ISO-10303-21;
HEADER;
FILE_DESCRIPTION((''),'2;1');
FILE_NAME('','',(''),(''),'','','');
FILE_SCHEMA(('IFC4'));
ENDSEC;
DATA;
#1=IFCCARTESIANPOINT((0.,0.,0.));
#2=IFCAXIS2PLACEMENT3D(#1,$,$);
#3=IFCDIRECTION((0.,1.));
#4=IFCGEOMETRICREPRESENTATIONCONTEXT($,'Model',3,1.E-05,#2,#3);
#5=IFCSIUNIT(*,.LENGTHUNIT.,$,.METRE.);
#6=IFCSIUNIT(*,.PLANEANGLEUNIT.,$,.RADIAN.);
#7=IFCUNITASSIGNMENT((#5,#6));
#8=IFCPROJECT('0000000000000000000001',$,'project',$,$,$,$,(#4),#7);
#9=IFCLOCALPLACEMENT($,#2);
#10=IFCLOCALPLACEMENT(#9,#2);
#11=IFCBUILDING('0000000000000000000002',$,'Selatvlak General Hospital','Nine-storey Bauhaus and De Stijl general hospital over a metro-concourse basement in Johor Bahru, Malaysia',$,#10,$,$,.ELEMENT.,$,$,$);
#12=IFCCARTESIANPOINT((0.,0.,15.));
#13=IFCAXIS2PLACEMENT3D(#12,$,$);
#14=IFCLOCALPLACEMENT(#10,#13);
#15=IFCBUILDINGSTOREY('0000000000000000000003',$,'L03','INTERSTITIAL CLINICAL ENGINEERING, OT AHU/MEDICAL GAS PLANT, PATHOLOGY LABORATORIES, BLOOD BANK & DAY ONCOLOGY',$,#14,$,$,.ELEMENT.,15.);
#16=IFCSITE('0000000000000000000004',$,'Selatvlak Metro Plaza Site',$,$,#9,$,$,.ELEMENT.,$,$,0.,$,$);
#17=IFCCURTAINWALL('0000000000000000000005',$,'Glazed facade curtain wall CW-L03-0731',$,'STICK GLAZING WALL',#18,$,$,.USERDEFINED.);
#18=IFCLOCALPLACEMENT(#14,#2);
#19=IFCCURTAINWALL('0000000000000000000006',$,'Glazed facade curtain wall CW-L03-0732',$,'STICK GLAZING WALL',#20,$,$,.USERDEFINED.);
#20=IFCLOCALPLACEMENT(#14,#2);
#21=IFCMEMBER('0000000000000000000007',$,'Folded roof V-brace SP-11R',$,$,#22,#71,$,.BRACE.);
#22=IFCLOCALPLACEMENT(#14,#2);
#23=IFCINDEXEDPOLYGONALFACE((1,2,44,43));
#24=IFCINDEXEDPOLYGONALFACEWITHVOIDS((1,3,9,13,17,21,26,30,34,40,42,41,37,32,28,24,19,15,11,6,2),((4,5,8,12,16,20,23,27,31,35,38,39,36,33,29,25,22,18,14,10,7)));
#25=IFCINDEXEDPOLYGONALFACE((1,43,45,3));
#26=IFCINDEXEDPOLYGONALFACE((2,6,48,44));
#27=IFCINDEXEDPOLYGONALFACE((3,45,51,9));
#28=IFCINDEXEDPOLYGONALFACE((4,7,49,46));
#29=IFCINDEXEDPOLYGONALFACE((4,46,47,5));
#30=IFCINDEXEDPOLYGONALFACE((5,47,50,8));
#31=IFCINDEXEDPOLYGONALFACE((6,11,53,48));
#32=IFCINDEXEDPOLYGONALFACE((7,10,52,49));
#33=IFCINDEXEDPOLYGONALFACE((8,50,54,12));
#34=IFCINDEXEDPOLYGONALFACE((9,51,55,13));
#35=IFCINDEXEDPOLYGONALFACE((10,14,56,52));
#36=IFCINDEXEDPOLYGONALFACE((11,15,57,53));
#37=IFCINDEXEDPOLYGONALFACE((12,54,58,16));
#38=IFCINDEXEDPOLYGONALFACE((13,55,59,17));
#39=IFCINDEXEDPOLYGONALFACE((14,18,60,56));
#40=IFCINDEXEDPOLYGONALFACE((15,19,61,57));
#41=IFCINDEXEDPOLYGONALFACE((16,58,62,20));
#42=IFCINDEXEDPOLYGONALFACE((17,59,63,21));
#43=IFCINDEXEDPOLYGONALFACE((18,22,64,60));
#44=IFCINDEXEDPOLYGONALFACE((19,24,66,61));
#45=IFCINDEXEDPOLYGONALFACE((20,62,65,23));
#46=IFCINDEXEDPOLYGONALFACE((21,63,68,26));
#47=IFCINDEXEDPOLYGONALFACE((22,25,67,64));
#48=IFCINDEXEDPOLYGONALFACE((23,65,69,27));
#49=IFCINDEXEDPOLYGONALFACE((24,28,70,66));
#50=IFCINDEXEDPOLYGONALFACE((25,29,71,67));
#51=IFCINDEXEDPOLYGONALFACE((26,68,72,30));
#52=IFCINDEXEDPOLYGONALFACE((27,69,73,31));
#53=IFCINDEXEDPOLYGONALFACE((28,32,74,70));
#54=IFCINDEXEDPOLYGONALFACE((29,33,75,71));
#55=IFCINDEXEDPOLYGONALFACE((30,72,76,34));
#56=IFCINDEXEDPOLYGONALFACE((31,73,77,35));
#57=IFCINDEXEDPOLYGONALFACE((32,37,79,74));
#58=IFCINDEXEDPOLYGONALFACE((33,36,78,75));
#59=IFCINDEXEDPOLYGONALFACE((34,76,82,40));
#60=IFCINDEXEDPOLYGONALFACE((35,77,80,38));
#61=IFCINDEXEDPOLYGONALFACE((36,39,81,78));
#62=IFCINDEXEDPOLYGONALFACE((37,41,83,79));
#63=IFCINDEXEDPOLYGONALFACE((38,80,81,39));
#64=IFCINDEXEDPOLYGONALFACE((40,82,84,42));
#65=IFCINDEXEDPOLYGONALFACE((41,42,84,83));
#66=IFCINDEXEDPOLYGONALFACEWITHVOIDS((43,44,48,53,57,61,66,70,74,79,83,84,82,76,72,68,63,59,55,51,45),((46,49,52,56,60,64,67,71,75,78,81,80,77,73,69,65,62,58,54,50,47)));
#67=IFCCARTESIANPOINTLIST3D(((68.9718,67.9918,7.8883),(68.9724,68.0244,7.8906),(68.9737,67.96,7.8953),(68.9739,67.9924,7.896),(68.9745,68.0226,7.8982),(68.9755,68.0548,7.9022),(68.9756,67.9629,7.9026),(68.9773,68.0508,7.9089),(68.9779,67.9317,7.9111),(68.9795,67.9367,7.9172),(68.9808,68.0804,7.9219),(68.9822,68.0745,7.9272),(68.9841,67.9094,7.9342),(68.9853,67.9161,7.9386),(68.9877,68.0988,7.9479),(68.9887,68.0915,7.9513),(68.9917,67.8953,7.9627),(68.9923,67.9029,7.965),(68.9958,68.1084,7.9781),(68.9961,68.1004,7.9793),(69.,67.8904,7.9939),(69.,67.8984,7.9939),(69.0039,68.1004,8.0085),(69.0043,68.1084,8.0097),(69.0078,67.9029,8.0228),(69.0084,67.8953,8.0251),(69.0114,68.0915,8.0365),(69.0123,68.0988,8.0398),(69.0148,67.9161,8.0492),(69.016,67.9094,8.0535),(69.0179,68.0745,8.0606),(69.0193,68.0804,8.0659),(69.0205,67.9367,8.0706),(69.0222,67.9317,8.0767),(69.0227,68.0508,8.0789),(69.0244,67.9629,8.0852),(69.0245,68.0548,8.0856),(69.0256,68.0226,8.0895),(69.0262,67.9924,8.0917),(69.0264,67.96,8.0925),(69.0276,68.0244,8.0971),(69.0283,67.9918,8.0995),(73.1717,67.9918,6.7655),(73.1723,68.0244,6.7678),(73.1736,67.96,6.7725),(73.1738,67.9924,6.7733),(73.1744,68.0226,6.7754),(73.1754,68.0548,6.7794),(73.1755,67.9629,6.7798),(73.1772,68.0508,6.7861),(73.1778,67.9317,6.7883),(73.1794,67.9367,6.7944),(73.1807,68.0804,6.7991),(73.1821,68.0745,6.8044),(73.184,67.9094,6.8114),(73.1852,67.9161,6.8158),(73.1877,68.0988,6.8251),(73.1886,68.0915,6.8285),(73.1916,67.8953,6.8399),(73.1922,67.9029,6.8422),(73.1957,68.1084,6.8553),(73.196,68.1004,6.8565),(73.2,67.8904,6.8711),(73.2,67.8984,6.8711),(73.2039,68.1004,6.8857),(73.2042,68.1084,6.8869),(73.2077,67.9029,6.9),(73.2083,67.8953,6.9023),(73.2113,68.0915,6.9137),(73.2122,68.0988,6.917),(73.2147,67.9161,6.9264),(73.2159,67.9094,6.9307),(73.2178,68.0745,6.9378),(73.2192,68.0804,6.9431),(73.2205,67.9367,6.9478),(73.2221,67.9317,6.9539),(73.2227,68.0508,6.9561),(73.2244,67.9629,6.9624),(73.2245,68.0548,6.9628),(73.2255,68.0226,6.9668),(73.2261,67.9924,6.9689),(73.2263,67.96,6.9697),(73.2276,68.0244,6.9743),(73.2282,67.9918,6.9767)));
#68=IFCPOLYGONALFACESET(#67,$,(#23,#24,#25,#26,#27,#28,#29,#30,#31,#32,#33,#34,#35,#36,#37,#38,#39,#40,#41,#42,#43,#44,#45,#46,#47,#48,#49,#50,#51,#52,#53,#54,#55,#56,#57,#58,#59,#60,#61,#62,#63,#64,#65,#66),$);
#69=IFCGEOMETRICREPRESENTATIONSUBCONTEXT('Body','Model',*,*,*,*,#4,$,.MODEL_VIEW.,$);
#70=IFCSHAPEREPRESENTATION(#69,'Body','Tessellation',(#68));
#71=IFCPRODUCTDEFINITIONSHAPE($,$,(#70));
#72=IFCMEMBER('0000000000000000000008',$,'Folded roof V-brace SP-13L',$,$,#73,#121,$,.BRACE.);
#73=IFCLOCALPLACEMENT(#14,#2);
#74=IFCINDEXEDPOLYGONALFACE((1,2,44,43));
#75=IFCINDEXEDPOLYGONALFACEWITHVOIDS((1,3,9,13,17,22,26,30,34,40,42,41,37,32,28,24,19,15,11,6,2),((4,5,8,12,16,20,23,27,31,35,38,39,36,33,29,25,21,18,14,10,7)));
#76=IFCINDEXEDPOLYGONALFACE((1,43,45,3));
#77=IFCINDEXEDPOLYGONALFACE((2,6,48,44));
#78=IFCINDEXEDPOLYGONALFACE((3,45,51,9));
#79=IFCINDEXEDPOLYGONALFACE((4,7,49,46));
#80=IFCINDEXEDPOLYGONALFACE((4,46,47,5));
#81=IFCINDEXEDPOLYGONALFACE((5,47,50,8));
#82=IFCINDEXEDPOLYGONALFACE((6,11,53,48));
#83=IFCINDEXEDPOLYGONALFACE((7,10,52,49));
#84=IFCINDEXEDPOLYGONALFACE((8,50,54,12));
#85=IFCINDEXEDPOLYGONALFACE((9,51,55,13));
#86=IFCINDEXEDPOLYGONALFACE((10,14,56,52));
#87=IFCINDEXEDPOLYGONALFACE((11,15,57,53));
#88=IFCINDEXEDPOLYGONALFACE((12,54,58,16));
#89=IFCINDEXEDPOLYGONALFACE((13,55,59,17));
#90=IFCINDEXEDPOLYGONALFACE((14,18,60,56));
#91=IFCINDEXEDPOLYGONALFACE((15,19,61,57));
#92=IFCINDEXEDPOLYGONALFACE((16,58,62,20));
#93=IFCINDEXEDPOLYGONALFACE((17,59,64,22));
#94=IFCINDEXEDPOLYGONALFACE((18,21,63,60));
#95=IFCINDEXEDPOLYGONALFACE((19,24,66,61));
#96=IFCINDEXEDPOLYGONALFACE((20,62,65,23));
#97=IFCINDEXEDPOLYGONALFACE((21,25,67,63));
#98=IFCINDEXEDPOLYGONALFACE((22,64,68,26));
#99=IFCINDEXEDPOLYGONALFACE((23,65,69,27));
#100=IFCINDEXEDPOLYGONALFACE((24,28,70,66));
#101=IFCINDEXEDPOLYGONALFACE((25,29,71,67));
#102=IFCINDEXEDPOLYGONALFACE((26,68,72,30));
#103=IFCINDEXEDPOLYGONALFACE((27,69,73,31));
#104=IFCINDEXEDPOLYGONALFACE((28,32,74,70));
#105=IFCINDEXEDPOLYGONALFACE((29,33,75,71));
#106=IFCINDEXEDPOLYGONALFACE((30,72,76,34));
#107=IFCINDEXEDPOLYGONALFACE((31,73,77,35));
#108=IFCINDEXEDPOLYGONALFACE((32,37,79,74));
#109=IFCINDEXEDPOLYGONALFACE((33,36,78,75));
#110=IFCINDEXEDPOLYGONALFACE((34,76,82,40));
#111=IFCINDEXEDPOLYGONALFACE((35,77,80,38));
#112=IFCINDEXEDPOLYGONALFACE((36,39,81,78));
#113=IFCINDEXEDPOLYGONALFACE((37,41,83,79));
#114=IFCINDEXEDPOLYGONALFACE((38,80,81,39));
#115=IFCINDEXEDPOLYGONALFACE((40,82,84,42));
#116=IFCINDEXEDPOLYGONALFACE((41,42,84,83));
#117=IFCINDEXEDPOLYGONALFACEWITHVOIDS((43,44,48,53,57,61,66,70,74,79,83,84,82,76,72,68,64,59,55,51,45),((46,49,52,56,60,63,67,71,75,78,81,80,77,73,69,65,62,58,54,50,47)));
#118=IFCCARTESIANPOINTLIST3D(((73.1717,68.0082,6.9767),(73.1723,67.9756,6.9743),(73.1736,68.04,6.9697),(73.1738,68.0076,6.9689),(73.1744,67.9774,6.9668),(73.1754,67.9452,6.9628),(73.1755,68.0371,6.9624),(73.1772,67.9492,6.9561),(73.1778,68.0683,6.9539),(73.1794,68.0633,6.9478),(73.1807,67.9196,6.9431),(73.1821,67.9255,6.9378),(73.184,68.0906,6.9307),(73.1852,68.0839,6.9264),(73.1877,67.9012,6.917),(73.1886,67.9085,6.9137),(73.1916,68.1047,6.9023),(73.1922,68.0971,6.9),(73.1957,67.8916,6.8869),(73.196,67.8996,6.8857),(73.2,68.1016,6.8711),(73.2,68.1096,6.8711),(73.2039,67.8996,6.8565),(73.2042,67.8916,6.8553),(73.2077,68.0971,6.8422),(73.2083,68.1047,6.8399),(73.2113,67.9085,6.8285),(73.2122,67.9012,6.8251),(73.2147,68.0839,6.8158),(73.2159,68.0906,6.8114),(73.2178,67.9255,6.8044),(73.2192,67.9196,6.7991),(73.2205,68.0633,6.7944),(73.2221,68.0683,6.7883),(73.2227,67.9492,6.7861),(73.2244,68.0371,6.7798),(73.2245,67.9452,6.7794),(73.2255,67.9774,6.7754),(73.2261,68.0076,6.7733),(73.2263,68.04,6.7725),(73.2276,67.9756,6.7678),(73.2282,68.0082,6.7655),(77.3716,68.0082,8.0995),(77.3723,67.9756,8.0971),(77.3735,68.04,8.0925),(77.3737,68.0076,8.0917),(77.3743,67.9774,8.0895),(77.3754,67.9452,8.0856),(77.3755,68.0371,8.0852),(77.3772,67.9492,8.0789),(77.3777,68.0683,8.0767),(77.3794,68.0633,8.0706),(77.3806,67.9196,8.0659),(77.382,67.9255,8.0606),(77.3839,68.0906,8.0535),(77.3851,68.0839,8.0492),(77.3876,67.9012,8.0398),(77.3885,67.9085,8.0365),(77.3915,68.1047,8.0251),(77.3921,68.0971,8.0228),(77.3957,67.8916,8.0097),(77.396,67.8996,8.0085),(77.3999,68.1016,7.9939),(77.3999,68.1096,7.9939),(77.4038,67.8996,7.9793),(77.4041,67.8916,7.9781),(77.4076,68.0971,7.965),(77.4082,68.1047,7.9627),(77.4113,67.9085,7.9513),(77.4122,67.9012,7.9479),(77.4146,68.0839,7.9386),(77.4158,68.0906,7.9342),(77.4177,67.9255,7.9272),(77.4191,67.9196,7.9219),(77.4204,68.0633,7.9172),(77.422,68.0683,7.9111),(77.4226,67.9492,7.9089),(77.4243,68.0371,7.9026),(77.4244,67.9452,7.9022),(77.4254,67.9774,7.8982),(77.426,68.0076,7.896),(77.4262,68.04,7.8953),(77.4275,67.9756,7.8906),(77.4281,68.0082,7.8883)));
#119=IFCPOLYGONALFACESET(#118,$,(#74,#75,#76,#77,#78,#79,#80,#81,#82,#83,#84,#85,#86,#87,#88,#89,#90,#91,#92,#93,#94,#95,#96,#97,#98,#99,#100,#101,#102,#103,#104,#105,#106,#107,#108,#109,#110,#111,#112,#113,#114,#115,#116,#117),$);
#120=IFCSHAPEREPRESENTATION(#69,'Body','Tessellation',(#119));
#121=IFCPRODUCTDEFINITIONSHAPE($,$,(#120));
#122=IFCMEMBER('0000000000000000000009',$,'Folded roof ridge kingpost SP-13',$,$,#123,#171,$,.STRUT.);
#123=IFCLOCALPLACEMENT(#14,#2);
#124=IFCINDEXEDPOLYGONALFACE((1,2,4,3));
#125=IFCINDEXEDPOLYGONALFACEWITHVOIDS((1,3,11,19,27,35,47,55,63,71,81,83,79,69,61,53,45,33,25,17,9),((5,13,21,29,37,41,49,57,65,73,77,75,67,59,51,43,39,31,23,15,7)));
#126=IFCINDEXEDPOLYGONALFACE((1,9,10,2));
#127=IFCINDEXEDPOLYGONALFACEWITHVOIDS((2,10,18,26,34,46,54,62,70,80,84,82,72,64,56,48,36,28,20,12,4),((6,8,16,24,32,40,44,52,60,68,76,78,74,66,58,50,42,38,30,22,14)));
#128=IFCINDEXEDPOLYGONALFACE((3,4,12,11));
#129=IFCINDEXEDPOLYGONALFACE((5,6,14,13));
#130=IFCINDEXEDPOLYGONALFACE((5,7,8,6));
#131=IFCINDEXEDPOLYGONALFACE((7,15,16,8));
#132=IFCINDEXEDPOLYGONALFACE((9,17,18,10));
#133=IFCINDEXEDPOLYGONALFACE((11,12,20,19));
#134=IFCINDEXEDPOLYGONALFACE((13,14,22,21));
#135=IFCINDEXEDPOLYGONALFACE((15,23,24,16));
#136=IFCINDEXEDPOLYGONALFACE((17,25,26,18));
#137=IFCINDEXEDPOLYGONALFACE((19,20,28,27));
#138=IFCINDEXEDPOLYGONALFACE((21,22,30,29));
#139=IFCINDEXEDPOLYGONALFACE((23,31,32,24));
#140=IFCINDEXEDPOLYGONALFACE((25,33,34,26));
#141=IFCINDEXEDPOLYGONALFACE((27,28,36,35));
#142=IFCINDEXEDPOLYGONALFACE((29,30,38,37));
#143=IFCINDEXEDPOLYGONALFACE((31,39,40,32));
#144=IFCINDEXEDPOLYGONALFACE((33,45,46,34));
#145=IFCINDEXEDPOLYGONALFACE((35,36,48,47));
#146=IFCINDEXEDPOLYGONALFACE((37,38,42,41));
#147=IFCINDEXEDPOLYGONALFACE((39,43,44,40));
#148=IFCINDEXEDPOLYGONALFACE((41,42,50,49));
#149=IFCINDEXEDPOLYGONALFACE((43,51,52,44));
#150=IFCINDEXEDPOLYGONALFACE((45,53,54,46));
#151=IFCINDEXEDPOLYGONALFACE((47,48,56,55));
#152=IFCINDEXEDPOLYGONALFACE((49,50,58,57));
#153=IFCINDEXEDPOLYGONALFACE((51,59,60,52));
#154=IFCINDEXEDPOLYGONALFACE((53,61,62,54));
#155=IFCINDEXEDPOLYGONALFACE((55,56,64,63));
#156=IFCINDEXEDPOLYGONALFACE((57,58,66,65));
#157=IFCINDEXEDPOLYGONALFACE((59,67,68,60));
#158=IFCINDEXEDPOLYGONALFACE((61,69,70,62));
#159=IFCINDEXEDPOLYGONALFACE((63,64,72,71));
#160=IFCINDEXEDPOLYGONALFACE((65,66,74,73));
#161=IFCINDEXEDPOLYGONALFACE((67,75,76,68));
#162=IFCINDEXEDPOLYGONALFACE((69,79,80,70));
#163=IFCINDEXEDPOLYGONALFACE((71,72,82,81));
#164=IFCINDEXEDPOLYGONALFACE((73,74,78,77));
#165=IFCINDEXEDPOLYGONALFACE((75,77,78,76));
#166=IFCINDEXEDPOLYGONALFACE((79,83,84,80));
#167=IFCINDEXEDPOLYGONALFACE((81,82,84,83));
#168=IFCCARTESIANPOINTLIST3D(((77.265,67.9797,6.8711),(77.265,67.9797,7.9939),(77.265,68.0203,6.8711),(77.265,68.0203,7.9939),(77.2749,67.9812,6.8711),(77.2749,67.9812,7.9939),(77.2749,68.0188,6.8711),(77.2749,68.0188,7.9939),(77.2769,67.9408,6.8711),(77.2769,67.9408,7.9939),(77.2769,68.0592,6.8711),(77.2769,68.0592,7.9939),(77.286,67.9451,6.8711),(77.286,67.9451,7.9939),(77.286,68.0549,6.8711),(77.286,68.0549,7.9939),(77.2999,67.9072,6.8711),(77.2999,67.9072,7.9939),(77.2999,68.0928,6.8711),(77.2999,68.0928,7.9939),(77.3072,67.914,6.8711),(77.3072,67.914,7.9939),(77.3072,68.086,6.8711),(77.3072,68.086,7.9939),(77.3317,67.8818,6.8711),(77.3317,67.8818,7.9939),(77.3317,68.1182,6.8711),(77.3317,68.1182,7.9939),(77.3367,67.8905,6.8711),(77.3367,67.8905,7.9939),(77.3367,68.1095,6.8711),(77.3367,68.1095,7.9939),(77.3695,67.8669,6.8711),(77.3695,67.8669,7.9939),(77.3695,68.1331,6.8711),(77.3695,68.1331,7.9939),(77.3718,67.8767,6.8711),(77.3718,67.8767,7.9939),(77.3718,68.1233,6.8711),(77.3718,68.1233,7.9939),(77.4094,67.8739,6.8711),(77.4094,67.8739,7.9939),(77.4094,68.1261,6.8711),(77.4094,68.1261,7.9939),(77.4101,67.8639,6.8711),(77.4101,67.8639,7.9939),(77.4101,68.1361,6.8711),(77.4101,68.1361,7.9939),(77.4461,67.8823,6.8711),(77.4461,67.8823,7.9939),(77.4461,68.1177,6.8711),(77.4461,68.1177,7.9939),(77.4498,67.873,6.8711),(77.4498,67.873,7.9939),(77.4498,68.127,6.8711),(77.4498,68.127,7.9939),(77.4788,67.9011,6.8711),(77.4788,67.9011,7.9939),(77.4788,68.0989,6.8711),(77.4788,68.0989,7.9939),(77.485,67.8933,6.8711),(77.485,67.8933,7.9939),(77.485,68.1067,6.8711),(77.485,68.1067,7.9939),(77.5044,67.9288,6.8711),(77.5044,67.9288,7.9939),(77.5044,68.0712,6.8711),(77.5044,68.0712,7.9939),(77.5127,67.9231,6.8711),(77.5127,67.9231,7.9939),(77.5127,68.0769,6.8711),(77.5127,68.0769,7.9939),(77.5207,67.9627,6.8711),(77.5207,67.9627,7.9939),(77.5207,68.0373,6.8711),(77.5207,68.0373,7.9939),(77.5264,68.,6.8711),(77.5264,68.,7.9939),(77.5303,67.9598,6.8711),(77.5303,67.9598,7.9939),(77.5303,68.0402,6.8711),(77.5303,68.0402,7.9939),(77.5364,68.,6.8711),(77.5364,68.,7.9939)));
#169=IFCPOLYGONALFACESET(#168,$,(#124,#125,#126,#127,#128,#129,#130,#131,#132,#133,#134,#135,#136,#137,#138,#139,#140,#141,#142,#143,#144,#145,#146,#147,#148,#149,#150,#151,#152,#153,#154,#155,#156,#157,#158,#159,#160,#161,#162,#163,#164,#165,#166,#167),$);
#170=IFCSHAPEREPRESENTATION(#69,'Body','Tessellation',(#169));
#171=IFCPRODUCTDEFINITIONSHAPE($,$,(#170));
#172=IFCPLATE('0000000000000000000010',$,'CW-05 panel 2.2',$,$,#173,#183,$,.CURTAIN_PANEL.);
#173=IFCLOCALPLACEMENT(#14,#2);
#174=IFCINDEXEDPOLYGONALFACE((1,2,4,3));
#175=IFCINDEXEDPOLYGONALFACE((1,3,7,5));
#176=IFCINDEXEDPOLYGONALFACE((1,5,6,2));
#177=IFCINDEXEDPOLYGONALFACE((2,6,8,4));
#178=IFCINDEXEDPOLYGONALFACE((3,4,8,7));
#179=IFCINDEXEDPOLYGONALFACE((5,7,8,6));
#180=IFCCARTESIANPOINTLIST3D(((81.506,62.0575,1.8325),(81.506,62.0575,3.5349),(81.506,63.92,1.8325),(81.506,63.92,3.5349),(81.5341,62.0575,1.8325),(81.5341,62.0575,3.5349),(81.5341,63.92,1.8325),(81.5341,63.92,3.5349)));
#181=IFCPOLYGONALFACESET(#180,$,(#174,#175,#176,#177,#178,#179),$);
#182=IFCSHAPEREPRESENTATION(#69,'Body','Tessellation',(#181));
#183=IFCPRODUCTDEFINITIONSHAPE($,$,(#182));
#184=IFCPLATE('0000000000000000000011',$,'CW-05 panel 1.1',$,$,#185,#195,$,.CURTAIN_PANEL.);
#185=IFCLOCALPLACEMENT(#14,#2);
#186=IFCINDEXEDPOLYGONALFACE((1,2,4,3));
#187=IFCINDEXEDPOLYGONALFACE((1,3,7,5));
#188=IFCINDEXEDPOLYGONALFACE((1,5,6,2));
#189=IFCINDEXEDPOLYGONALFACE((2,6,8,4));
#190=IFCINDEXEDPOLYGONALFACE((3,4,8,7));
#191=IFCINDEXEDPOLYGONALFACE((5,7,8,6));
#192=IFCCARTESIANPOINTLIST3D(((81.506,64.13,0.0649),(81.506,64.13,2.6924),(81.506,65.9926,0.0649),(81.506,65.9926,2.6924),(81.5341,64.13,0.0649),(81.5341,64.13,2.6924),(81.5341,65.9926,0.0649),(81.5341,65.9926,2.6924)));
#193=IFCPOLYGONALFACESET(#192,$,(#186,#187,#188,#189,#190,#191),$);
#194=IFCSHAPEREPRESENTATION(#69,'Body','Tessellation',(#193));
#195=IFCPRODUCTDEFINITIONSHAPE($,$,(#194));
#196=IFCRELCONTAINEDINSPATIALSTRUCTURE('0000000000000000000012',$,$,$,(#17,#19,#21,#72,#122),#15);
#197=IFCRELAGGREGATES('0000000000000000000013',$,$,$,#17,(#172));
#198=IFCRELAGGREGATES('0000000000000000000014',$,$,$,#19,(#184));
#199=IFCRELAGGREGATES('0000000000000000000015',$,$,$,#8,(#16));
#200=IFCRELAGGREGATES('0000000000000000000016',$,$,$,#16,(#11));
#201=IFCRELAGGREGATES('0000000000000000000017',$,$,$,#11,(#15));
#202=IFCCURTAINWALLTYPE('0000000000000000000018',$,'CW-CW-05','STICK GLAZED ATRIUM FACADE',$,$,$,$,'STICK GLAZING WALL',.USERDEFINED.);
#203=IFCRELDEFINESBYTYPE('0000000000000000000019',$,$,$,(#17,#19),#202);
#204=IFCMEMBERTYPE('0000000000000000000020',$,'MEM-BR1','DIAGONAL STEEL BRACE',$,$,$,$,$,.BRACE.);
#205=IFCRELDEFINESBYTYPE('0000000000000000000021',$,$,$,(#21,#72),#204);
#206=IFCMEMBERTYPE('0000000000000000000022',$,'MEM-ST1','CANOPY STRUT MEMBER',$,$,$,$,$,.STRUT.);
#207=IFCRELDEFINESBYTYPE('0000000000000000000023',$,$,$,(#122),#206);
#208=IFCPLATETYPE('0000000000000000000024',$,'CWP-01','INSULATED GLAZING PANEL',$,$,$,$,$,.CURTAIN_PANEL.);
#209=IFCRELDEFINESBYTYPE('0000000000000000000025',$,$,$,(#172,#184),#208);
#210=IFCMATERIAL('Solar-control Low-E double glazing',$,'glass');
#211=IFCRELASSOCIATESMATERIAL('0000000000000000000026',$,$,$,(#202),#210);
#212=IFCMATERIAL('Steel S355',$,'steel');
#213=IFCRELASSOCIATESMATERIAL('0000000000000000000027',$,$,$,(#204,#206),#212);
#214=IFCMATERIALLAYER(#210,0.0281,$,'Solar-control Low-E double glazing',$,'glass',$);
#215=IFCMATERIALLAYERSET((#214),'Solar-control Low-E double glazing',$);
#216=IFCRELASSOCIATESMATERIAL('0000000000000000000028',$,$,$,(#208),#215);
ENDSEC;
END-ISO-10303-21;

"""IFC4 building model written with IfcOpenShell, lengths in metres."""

from ifc_helpers import new_model, si_unit, direction, frame, origin, origin_2d, place, context, subcontext, project, spatial, rectangle, hollow_circle, extrude, material, layer, layer_set, material_profile, profile_set, type_object, element, aggregate, save


model = new_model("IFC4")

# Units and contexts
model_context = context("Model", 3, precision=1e-05, world=origin(), true_north=direction((0.0, 1.0)))
body_context = subcontext(model_context, "Body", "Model", "MODEL_VIEW")
ifc_project = project(units=[si_unit("LENGTHUNIT", "METRE"), si_unit("PLANEANGLEUNIT", "RADIAN")], contexts=[model_context])

# Site, building, storey
site_placement = place(None, origin())
site = spatial("IfcSite", under=ifc_project, at=site_placement, Name="Selatvlak Metro Plaza Site", CompositionType="ELEMENT", RefElevation=0.0)
building_placement = place(site_placement, origin())
building = spatial("IfcBuilding", under=site, at=building_placement, Name="Selatvlak General Hospital", Description="Nine-storey Bauhaus and De Stijl general hospital over a metro-concourse basement in Johor Bahru, Malaysia", CompositionType="ELEMENT")
storey_placement = place(building_placement, frame((0.0, 0.0, 15.0)))
storey = spatial("IfcBuildingStorey", under=building, at=storey_placement, Name="L03", Description="INTERSTITIAL CLINICAL ENGINEERING, OT AHU/MEDICAL GAS PLANT, PATHOLOGY LABORATORIES, BLOOD BANK & DAY ONCOLOGY", CompositionType="ELEMENT", Elevation=15.0)

# Shared definitions
ifc_material_1 = material(Name="Steel S355", Category="steel")

# Curtain wall
ifc_material_2 = material(Name="Solar-control Low-E double glazing", Category="glass")
curtain_wall_type = type_object("IfcCurtainWallType", Name="CW-CW-05", Description="STICK GLAZED ATRIUM FACADE", ElementType="STICK GLAZING WALL", PredefinedType="USERDEFINED", material=ifc_material_2)
curtain_wall_1_placement = place(storey_placement, origin())
curtain_wall_1 = element("IfcCurtainWall", 1, at=curtain_wall_1_placement, inside=storey, type_object=curtain_wall_type, Name="Glazed facade curtain wall CW-L03-0731", ObjectType="STICK GLAZING WALL", PredefinedType="USERDEFINED")

# Curtain wall
curtain_wall_2_placement = place(storey_placement, origin())
curtain_wall_2 = element("IfcCurtainWall", 2, at=curtain_wall_2_placement, inside=storey, type_object=curtain_wall_type, Name="Glazed facade curtain wall CW-L03-0732", ObjectType="STICK GLAZING WALL", PredefinedType="USERDEFINED")

# Members
ifc_material_profile_1 = material_profile(ifc_material_1, hollow_circle(Radius=0.1096, WallThickness=0.0081, at=origin_2d()), Name="CHS 219.1x8")
ifc_profile_set_1 = profile_set([ifc_material_profile_1], Name="Steel S355")
member_type_1 = type_object("IfcMemberType", Name="MEM-BR1", Description="DIAGONAL STEEL BRACE", PredefinedType="BRACE", material=ifc_profile_set_1)
for number, where, z_axis, x_axis, name in (
    (3, (73.2, 68.0, 6.8711), (-0.966074, 0.0, 0.258267), (0.0, -1.0, 0.0), "Folded roof V-brace SP-11R"),
    (4, (73.2, 68.0, 6.8711), (0.966074, 0.0, 0.258267), (0.0, 1.0, 0.0), "Folded roof V-brace SP-13L"),
):
    element("IfcMember", number, at=place(storey_placement, frame(where, z_axis=z_axis, x_axis=x_axis)), inside=storey, type_object=member_type_1, Name=name, PredefinedType="BRACE", context=body_context, shape_type="SweptSolid", body=[
        extrude(hollow_circle(Radius=0.1096, WallThickness=0.0081, at=origin_2d()), origin(), (0.0, 0.0, 1.0), 4.3474),
    ])
ifc_material_profile_2 = material_profile(ifc_material_1, hollow_circle(Radius=0.1365, WallThickness=0.01, at=origin_2d()), Name="CHS 273.0x10")
ifc_profile_set_2 = profile_set([ifc_material_profile_2], Name="Steel S355")
member_type_2 = type_object("IfcMemberType", Name="MEM-ST1", Description="CANOPY STRUT MEMBER", PredefinedType="STRUT", material=ifc_profile_set_2)
member_1_placement = place(storey_placement, frame((77.3999, 68.0, 6.8711), z_axis=(0.0, 0.0, 1.0), x_axis=(1.0, 0.0, 0.0)))
element("IfcMember", 5, at=member_1_placement, inside=storey, type_object=member_type_2, Name="Folded roof ridge kingpost SP-13", PredefinedType="STRUT", context=body_context, shape_type="SweptSolid", body=[
    extrude(hollow_circle(Radius=0.1365, WallThickness=0.01, at=origin_2d()), origin(), (0.0, 0.0, 1.0), 1.1228),
])

# Plates
ifc_layer_1 = layer(ifc_material_2, 0.0281, Name="Solar-control Low-E double glazing", Category="glass")
ifc_layer_set_1 = layer_set([ifc_layer_1], Name="Solar-control Low-E double glazing")
plate_type_1 = type_object("IfcPlateType", Name="CWP-01", Description="INSULATED GLAZING PANEL", PredefinedType="CURTAIN_PANEL", material=ifc_layer_set_1)
plate_1_placement = place(storey_placement, frame((81.52, 62.9888, 1.8325), z_axis=(0.0, 0.0, 1.0), x_axis=(0.0, 1.0, 0.0)))
plate_1 = element("IfcPlate", 6, at=plate_1_placement, type_object=plate_type_1, Name="CW-05 panel 2.2", PredefinedType="CURTAIN_PANEL", context=body_context, shape_type="SweptSolid", body=[
    extrude(rectangle(XDim=1.8625, YDim=0.0281, at=origin_2d()), origin(), (0.0, 0.0, 1.0), 1.7024),
])
aggregate(curtain_wall_1, [plate_1])
plate_2_placement = place(storey_placement, frame((81.52, 65.0613, 0.0649), z_axis=(0.0, 0.0, 1.0), x_axis=(0.0, 1.0, 0.0)))
plate_2 = element("IfcPlate", 7, at=plate_2_placement, type_object=plate_type_1, Name="CW-05 panel 1.1", PredefinedType="CURTAIN_PANEL", context=body_context, shape_type="SweptSolid", body=[
    extrude(rectangle(XDim=1.8625, YDim=0.0281, at=origin_2d()), origin(), (0.0, 0.0, 1.0), 2.6274),
])
aggregate(curtain_wall_2, [plate_2])

save(model, "model.ifc")
